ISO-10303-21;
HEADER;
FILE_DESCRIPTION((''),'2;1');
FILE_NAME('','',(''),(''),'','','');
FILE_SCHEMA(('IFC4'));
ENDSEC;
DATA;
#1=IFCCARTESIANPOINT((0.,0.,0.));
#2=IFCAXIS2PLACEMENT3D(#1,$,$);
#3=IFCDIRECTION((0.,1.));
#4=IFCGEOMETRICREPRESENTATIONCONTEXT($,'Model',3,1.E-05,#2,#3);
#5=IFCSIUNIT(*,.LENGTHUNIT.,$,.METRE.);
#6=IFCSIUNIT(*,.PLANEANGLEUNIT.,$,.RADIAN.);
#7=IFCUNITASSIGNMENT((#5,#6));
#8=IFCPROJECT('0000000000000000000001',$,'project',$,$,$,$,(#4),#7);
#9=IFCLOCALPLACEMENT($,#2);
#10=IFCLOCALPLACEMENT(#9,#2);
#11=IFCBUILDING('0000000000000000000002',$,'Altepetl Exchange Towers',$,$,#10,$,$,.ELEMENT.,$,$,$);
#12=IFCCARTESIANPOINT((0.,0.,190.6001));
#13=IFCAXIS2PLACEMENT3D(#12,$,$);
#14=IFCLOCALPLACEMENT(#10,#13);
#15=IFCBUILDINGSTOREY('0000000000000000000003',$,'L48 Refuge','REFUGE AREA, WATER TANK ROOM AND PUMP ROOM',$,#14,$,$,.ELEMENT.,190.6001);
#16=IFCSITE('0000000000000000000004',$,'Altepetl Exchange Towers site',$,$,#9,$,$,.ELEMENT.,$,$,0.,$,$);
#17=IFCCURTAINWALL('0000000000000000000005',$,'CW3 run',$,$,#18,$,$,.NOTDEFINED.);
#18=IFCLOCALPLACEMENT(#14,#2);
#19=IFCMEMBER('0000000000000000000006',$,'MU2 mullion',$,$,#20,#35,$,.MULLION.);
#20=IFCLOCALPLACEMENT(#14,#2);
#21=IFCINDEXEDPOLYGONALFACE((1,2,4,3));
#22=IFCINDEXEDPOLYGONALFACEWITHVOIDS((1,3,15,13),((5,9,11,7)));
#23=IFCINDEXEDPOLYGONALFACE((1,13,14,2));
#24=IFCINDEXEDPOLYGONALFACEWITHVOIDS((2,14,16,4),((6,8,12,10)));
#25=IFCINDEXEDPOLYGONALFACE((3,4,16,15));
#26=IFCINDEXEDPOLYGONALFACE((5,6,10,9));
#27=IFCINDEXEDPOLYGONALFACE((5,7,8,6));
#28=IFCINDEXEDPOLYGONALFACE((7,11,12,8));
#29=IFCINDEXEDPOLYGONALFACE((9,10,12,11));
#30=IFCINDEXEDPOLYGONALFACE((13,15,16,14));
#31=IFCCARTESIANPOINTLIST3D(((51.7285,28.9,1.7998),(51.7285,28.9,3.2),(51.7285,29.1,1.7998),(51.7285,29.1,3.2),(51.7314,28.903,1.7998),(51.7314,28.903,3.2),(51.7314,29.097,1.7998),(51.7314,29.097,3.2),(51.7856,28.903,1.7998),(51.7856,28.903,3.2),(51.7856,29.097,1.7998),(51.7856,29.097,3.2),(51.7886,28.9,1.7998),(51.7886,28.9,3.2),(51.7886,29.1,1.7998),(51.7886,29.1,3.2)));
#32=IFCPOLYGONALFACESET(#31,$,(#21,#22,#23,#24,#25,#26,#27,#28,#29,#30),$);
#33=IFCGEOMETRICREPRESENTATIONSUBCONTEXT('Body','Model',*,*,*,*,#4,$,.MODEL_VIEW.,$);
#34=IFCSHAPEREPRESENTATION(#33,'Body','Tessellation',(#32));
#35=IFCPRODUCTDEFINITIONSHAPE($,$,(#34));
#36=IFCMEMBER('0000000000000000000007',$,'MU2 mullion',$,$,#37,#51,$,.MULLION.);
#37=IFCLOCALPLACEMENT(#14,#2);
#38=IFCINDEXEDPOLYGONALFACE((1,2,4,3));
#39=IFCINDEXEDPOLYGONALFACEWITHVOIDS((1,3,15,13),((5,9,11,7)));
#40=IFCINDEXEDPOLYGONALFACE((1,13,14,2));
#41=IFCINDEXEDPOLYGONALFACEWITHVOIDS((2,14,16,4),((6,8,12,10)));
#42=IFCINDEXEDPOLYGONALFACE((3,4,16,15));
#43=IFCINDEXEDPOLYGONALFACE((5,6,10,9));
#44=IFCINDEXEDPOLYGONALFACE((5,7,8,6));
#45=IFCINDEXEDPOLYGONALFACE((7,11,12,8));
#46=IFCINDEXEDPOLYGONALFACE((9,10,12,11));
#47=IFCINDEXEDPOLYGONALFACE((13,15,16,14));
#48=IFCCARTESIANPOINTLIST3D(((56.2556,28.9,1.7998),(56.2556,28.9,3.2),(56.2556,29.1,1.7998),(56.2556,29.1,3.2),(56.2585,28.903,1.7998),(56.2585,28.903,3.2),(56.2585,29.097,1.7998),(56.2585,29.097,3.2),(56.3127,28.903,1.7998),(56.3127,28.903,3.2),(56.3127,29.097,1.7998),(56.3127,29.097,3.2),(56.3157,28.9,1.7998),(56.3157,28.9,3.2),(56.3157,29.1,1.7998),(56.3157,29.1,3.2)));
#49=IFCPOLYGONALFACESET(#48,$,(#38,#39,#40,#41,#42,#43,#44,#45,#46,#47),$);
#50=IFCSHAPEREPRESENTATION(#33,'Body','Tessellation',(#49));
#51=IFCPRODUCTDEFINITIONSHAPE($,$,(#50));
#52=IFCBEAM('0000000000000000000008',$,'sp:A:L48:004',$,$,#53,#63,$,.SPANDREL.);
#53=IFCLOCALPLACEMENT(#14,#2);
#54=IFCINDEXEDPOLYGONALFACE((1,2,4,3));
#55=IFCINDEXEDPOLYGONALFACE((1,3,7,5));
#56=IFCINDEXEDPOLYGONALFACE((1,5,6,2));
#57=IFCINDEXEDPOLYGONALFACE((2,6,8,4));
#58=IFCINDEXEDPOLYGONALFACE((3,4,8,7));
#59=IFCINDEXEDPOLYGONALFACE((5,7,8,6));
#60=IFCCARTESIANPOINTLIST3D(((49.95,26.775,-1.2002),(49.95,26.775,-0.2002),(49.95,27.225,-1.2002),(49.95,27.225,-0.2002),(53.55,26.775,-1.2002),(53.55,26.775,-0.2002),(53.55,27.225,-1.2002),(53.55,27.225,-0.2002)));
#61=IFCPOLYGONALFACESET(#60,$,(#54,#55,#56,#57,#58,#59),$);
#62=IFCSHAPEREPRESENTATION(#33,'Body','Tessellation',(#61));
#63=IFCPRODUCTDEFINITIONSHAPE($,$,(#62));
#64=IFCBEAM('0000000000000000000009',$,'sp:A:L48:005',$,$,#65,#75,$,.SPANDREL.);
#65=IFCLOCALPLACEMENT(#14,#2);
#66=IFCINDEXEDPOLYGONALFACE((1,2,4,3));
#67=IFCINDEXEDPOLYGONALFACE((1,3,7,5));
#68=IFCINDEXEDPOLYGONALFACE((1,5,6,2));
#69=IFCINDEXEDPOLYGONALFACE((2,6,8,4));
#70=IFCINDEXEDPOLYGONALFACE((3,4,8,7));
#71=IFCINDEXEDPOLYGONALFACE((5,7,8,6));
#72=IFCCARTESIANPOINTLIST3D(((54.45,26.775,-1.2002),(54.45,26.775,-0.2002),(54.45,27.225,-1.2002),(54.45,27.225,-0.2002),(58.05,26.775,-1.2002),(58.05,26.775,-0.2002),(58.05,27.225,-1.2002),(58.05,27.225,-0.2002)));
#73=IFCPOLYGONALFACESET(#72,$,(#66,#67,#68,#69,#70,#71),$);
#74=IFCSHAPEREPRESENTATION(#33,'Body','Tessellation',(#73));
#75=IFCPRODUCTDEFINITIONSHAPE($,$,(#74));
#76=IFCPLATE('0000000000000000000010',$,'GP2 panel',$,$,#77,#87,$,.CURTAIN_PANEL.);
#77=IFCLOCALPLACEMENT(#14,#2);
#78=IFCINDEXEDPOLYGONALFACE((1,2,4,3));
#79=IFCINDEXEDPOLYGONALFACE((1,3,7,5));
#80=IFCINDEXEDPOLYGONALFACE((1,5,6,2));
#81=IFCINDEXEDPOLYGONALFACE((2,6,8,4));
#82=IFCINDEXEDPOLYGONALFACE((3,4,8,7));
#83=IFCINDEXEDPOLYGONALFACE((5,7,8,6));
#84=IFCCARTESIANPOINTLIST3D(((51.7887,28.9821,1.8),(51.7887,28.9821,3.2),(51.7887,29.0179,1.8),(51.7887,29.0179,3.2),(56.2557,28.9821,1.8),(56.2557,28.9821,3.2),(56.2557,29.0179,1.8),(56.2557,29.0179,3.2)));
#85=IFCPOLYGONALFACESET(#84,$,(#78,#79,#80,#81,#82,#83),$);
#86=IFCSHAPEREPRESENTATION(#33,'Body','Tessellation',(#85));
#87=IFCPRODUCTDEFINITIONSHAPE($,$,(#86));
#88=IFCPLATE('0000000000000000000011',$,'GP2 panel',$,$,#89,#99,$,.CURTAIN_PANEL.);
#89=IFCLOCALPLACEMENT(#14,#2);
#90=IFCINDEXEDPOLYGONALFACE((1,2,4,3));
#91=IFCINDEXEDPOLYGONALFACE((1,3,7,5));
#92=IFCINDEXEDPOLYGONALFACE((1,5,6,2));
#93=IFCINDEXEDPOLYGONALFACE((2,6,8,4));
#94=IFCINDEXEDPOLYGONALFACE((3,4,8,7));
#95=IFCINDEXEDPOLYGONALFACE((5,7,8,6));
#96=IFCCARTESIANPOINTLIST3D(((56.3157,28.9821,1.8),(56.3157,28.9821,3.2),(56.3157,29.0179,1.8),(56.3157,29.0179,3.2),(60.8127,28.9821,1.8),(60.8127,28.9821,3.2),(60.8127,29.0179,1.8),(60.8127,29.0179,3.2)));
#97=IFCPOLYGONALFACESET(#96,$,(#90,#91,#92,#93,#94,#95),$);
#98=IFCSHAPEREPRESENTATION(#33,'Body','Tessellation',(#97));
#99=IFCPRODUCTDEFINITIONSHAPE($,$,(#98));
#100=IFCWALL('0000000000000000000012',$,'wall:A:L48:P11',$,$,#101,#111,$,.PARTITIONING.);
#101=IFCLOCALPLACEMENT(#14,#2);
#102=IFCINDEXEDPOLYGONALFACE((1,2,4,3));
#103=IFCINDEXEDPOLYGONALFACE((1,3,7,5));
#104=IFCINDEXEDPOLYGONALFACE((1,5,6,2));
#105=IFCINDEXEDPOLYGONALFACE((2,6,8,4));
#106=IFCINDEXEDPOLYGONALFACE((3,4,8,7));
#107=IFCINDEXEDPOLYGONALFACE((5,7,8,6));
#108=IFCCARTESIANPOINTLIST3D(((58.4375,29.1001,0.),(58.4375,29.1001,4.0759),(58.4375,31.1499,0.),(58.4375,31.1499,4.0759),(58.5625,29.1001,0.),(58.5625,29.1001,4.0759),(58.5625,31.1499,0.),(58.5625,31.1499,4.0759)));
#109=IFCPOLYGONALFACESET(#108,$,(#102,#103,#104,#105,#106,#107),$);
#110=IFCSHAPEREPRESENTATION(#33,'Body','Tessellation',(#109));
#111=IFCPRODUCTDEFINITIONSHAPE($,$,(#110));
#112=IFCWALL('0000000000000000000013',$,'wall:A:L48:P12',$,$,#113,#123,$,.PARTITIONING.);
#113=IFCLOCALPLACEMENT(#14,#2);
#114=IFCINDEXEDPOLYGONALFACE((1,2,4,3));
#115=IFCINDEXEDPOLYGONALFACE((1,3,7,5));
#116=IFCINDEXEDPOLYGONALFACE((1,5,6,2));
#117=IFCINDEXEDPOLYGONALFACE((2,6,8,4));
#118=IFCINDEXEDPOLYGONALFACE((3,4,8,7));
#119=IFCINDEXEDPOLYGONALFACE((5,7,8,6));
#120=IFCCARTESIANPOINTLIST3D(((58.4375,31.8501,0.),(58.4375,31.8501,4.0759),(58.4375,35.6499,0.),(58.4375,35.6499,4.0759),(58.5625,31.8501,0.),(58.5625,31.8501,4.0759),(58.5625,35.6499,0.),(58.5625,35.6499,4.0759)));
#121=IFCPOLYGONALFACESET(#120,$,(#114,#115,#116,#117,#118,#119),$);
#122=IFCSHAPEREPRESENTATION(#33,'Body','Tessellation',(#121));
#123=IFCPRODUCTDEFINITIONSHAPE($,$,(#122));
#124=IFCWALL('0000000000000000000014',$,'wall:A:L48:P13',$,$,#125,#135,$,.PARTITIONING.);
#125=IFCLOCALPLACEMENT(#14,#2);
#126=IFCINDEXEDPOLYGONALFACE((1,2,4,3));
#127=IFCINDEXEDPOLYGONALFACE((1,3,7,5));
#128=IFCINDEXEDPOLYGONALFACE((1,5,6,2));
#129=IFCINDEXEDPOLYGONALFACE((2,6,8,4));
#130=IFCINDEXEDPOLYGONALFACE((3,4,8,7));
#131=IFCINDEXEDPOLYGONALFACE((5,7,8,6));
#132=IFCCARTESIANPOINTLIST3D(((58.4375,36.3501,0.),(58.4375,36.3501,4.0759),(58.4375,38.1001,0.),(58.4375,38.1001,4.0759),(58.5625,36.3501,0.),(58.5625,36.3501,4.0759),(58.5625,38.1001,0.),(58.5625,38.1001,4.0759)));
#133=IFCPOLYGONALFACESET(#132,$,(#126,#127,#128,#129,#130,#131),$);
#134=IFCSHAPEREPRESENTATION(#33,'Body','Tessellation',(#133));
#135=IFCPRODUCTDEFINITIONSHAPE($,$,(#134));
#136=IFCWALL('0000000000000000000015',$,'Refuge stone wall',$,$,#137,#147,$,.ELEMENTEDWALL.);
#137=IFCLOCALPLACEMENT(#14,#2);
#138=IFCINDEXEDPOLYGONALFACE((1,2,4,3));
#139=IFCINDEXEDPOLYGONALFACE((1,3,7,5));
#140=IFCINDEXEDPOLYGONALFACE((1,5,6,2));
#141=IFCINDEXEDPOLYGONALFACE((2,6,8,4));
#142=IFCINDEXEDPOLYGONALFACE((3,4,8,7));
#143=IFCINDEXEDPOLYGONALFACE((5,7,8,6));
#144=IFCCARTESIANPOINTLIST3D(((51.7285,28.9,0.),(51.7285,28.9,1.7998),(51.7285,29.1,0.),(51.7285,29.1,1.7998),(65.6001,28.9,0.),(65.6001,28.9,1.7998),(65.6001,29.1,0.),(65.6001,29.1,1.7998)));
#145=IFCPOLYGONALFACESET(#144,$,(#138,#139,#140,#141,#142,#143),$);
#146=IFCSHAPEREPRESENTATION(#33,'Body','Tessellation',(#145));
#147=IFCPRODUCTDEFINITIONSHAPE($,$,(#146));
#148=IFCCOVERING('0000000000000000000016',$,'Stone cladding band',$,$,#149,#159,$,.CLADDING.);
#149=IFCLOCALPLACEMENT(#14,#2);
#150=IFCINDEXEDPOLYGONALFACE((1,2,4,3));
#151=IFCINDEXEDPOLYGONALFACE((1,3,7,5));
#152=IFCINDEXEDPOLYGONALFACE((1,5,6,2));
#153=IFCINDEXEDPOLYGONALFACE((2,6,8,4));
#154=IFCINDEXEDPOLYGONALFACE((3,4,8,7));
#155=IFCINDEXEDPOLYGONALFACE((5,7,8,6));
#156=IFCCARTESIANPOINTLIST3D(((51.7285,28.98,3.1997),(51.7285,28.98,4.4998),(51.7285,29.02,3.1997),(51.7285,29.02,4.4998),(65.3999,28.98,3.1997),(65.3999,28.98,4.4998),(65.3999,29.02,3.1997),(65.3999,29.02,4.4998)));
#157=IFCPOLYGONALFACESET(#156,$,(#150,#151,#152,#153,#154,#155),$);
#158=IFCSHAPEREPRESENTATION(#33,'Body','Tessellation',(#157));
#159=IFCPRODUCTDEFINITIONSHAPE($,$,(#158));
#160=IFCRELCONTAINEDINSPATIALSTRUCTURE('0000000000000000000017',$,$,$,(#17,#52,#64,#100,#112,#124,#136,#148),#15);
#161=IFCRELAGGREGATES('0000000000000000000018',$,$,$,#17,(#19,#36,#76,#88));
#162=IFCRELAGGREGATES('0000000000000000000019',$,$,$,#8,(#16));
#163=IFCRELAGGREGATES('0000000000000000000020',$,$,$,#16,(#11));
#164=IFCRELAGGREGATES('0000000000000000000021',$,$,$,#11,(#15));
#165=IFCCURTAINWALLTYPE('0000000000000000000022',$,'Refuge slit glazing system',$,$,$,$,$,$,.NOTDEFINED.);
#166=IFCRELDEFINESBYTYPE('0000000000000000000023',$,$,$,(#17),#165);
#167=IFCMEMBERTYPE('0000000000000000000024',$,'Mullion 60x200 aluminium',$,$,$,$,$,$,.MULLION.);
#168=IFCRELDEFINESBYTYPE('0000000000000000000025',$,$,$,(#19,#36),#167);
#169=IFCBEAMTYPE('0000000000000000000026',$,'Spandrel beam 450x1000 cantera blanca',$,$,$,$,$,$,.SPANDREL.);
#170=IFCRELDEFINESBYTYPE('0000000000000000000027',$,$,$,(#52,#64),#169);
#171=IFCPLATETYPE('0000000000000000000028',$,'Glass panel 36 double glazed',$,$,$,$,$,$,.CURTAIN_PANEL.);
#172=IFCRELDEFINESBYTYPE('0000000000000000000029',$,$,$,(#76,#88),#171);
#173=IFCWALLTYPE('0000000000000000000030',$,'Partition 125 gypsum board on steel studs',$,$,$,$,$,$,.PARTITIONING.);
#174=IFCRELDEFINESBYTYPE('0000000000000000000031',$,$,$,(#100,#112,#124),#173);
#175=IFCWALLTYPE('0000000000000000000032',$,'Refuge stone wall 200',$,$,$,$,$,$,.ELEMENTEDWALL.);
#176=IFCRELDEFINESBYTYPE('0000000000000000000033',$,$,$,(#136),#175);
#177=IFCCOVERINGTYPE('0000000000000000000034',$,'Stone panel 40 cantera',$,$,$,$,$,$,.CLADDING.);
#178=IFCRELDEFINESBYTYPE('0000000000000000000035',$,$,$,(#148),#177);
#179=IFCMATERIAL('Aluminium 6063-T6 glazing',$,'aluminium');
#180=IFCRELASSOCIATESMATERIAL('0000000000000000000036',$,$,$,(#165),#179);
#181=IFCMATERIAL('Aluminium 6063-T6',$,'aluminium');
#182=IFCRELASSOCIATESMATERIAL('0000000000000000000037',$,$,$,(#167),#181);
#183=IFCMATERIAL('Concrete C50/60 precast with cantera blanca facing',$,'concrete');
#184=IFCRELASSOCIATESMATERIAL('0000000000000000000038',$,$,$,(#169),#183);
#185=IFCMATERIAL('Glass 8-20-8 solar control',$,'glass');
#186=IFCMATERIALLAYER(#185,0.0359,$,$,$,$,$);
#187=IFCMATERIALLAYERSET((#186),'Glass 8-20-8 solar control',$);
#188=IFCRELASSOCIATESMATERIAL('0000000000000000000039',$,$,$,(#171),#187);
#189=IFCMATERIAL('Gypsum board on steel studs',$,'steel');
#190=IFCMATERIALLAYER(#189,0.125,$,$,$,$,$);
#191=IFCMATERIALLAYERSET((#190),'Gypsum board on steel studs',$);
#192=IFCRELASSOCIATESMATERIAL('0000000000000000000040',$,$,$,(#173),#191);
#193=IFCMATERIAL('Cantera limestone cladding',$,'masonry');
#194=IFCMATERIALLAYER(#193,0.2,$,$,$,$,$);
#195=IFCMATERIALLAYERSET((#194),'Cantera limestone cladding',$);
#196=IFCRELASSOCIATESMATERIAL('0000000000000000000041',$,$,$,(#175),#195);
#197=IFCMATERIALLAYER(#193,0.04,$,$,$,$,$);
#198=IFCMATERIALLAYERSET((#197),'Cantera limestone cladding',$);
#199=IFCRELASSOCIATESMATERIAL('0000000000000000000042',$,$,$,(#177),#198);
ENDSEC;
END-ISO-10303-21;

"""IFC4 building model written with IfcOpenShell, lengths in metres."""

from ifc_helpers import new_model, si_unit, direction, frame, frame_2d, origin, origin_2d, place, context, subcontext, project, spatial, rectangle, hollow_rectangle, extrude, material, layer, layer_set, material_profile, profile_set, type_object, element, aggregate, save


model = new_model("IFC4")

# Units and contexts
model_context = context("Model", 3, precision=1e-05, world=origin(), true_north=direction((0.0, 1.0)))
body_context = subcontext(model_context, "Body", "Model", "MODEL_VIEW")
ifc_project = project(units=[si_unit("LENGTHUNIT", "METRE"), si_unit("PLANEANGLEUNIT", "RADIAN")], contexts=[model_context])

# Site, building, storey
site_placement = place(None, origin())
site = spatial("IfcSite", under=ifc_project, at=site_placement, Name="Altepetl Exchange Towers site", CompositionType="ELEMENT", RefElevation=0.0)
building_placement = place(site_placement, origin())
building = spatial("IfcBuilding", under=site, at=building_placement, Name="Altepetl Exchange Towers", CompositionType="ELEMENT")
storey_placement = place(building_placement, frame((0.0, 0.0, 190.6001)))
storey = spatial("IfcBuildingStorey", under=building, at=storey_placement, Name="L48 Refuge", Description="REFUGE AREA, WATER TANK ROOM AND PUMP ROOM", CompositionType="ELEMENT", Elevation=190.6001)

# Curtain wall, members
ifc_material_1 = material(Name="Aluminium 6063-T6 glazing", Category="aluminium")
curtain_wall_type = type_object("IfcCurtainWallType", Name="Refuge slit glazing system", PredefinedType="NOTDEFINED", material=ifc_material_1)
curtain_wall_placement = place(storey_placement, origin())
curtain_wall = element("IfcCurtainWall", 1, at=curtain_wall_placement, inside=storey, type_object=curtain_wall_type, Name="CW3 run", PredefinedType="NOTDEFINED")
ifc_material_2 = material(Name="Aluminium 6063-T6", Category="aluminium")
ifc_material_profile_1 = material_profile(ifc_material_2, hollow_rectangle(XDim=0.0601, YDim=0.2, WallThickness=0.0029, at=origin_2d()), Name="Mullion 60x200 aluminium")
ifc_profile_set_1 = profile_set([ifc_material_profile_1], Name="Aluminium 6063-T6")
member_type_1 = type_object("IfcMemberType", Name="Mullion 60x200 aluminium", PredefinedType="MULLION", material=ifc_profile_set_1)
member_1_placement = place(storey_placement, frame((51.7585, 29.0, 1.7998)))
member_1 = element("IfcMember", 2, at=member_1_placement, type_object=member_type_1, Name="MU2 mullion", PredefinedType="MULLION", context=body_context, shape_type="SweptSolid", body=[
    extrude(hollow_rectangle(XDim=0.0601, YDim=0.2, WallThickness=0.0029, at=origin_2d()), origin(), (0.0, 0.0, 1.0), 1.4001),
])
member_2_placement = place(storey_placement, frame((56.2856, 29.0, 1.7998)))
member_2 = element("IfcMember", 3, at=member_2_placement, type_object=member_type_1, Name="MU2 mullion", PredefinedType="MULLION", context=body_context, shape_type="SweptSolid", body=[
    extrude(hollow_rectangle(XDim=0.0601, YDim=0.2, WallThickness=0.0029, at=origin_2d()), origin(), (0.0, 0.0, 1.0), 1.4001),
])

# Beams
ifc_material_3 = material(Name="Concrete C50/60 precast with cantera blanca facing", Category="concrete")
ifc_material_profile_2 = material_profile(ifc_material_3, rectangle(XDim=0.45, YDim=1.0, at=origin_2d()), Name="450 x 1000")
ifc_profile_set_2 = profile_set([ifc_material_profile_2], Name="Concrete C50/60 precast with cantera blanca facing")
beam_type_1 = type_object("IfcBeamType", Name="Spandrel beam 450x1000 cantera blanca", PredefinedType="SPANDREL", material=ifc_profile_set_2)
for number, where, z_axis, x_axis, name in (
    (4, (49.95, 27.0, -0.7002), (1.0, 0.0, 0.0), (0.0, 1.0, 0.0), "sp:A:L48:004"),
    (5, (54.45, 27.0, -0.7002), (1.0, 0.0, 0.0), (0.0, 1.0, 0.0), "sp:A:L48:005"),
):
    element("IfcBeam", number, at=place(storey_placement, frame(where, z_axis=z_axis, x_axis=x_axis)), inside=storey, type_object=beam_type_1, Name=name, PredefinedType="SPANDREL", context=body_context, shape_type="SweptSolid", body=[
        extrude(rectangle(XDim=0.45, YDim=1.0, at=origin_2d()), origin(), (0.0, 0.0, 1.0), 3.6001),
    ])

# Plates
ifc_material_4 = material(Name="Glass 8-20-8 solar control", Category="glass")
ifc_layer_1 = layer(ifc_material_4, 0.0359)
ifc_layer_set_1 = layer_set([ifc_layer_1], Name="Glass 8-20-8 solar control")
plate_type = type_object("IfcPlateType", Name="Glass panel 36 double glazed", PredefinedType="CURTAIN_PANEL", material=ifc_layer_set_1)
plate_1_placement = place(storey_placement, frame((54.0222, 29.0, 1.8)))
plate_1 = element("IfcPlate", 6, at=plate_1_placement, type_object=plate_type, Name="GP2 panel", PredefinedType="CURTAIN_PANEL", context=body_context, shape_type="SweptSolid", body=[
    extrude(rectangle(XDim=4.467, YDim=0.0359, at=origin_2d()), origin(), (0.0, 0.0, 1.0), 1.3999),
])
plate_2_placement = place(storey_placement, frame((58.5642, 29.0, 1.8)))
plate_2 = element("IfcPlate", 7, at=plate_2_placement, type_object=plate_type, Name="GP2 panel", PredefinedType="CURTAIN_PANEL", context=body_context, shape_type="SweptSolid", body=[
    extrude(rectangle(XDim=4.4971, YDim=0.0359, at=origin_2d()), origin(), (0.0, 0.0, 1.0), 1.3999),
])
aggregate(curtain_wall, [member_1, member_2, plate_1, plate_2])

# Walls
ifc_material_5 = material(Name="Gypsum board on steel studs", Category="steel")
ifc_layer_2 = layer(ifc_material_5, 0.125)
ifc_layer_set_2 = layer_set([ifc_layer_2], Name="Gypsum board on steel studs")
wall_type_1 = type_object("IfcWallType", Name="Partition 125 gypsum board on steel studs", PredefinedType="PARTITIONING", material=ifc_layer_set_2)
wall_1_placement = place(storey_placement, frame((58.5, 29.1001, 0.0), z_axis=(0.0, 0.0, 1.0), x_axis=(0.0, 1.0, 0.0)))
element("IfcWall", 8, at=wall_1_placement, inside=storey, type_object=wall_type_1, Name="wall:A:L48:P11", PredefinedType="PARTITIONING", context=body_context, shape_type="SweptSolid", body=[
    extrude(rectangle(XDim=2.0498, YDim=0.125, at=frame_2d((1.0249, 0.0))), origin(), (0.0, 0.0, 1.0), 4.0759),
])
wall_2_placement = place(storey_placement, frame((58.5, 31.8501, 0.0), z_axis=(0.0, 0.0, 1.0), x_axis=(0.0, 1.0, 0.0)))
element("IfcWall", 9, at=wall_2_placement, inside=storey, type_object=wall_type_1, Name="wall:A:L48:P12", PredefinedType="PARTITIONING", context=body_context, shape_type="SweptSolid", body=[
    extrude(rectangle(XDim=3.7998, YDim=0.125, at=frame_2d((1.8999, 0.0))), origin(), (0.0, 0.0, 1.0), 4.0759),
])
wall_3_placement = place(storey_placement, frame((58.5, 36.3501, 0.0), z_axis=(0.0, 0.0, 1.0), x_axis=(0.0, 1.0, 0.0)))
element("IfcWall", 10, at=wall_3_placement, inside=storey, type_object=wall_type_1, Name="wall:A:L48:P13", PredefinedType="PARTITIONING", context=body_context, shape_type="SweptSolid", body=[
    extrude(rectangle(XDim=1.75, YDim=0.125, at=frame_2d((0.875, 0.0))), origin(), (0.0, 0.0, 1.0), 4.0759),
])
ifc_material_6 = material(Name="Cantera limestone cladding", Category="masonry")
ifc_layer_3 = layer(ifc_material_6, 0.2)
ifc_layer_set_3 = layer_set([ifc_layer_3], Name="Cantera limestone cladding")
wall_type_2 = type_object("IfcWallType", Name="Refuge stone wall 200", PredefinedType="ELEMENTEDWALL", material=ifc_layer_set_3)
wall_4_placement = place(storey_placement, frame((51.7285, 29.0, 0.0)))
element("IfcWall", 11, at=wall_4_placement, inside=storey, type_object=wall_type_2, Name="Refuge stone wall", PredefinedType="ELEMENTEDWALL", context=body_context, shape_type="SweptSolid", body=[
    extrude(rectangle(XDim=13.8716, YDim=0.2, at=frame_2d((6.9358, 0.0))), origin(), (0.0, 0.0, 1.0), 1.7998),
])

# Covering
ifc_layer_4 = layer(ifc_material_6, 0.04)
ifc_layer_set_4 = layer_set([ifc_layer_4], Name="Cantera limestone cladding")
covering_type = type_object("IfcCoveringType", Name="Stone panel 40 cantera", PredefinedType="CLADDING", material=ifc_layer_set_4)
covering_placement = place(storey_placement, frame((58.5642, 29.0, 3.1997)))
element("IfcCovering", 12, at=covering_placement, inside=storey, type_object=covering_type, Name="Stone cladding band", PredefinedType="CLADDING", context=body_context, shape_type="SweptSolid", body=[
    extrude(rectangle(XDim=13.6714, YDim=0.04, at=origin_2d()), origin(), (0.0, 0.0, 1.0), 1.3),
])

save(model, "model.ifc")
